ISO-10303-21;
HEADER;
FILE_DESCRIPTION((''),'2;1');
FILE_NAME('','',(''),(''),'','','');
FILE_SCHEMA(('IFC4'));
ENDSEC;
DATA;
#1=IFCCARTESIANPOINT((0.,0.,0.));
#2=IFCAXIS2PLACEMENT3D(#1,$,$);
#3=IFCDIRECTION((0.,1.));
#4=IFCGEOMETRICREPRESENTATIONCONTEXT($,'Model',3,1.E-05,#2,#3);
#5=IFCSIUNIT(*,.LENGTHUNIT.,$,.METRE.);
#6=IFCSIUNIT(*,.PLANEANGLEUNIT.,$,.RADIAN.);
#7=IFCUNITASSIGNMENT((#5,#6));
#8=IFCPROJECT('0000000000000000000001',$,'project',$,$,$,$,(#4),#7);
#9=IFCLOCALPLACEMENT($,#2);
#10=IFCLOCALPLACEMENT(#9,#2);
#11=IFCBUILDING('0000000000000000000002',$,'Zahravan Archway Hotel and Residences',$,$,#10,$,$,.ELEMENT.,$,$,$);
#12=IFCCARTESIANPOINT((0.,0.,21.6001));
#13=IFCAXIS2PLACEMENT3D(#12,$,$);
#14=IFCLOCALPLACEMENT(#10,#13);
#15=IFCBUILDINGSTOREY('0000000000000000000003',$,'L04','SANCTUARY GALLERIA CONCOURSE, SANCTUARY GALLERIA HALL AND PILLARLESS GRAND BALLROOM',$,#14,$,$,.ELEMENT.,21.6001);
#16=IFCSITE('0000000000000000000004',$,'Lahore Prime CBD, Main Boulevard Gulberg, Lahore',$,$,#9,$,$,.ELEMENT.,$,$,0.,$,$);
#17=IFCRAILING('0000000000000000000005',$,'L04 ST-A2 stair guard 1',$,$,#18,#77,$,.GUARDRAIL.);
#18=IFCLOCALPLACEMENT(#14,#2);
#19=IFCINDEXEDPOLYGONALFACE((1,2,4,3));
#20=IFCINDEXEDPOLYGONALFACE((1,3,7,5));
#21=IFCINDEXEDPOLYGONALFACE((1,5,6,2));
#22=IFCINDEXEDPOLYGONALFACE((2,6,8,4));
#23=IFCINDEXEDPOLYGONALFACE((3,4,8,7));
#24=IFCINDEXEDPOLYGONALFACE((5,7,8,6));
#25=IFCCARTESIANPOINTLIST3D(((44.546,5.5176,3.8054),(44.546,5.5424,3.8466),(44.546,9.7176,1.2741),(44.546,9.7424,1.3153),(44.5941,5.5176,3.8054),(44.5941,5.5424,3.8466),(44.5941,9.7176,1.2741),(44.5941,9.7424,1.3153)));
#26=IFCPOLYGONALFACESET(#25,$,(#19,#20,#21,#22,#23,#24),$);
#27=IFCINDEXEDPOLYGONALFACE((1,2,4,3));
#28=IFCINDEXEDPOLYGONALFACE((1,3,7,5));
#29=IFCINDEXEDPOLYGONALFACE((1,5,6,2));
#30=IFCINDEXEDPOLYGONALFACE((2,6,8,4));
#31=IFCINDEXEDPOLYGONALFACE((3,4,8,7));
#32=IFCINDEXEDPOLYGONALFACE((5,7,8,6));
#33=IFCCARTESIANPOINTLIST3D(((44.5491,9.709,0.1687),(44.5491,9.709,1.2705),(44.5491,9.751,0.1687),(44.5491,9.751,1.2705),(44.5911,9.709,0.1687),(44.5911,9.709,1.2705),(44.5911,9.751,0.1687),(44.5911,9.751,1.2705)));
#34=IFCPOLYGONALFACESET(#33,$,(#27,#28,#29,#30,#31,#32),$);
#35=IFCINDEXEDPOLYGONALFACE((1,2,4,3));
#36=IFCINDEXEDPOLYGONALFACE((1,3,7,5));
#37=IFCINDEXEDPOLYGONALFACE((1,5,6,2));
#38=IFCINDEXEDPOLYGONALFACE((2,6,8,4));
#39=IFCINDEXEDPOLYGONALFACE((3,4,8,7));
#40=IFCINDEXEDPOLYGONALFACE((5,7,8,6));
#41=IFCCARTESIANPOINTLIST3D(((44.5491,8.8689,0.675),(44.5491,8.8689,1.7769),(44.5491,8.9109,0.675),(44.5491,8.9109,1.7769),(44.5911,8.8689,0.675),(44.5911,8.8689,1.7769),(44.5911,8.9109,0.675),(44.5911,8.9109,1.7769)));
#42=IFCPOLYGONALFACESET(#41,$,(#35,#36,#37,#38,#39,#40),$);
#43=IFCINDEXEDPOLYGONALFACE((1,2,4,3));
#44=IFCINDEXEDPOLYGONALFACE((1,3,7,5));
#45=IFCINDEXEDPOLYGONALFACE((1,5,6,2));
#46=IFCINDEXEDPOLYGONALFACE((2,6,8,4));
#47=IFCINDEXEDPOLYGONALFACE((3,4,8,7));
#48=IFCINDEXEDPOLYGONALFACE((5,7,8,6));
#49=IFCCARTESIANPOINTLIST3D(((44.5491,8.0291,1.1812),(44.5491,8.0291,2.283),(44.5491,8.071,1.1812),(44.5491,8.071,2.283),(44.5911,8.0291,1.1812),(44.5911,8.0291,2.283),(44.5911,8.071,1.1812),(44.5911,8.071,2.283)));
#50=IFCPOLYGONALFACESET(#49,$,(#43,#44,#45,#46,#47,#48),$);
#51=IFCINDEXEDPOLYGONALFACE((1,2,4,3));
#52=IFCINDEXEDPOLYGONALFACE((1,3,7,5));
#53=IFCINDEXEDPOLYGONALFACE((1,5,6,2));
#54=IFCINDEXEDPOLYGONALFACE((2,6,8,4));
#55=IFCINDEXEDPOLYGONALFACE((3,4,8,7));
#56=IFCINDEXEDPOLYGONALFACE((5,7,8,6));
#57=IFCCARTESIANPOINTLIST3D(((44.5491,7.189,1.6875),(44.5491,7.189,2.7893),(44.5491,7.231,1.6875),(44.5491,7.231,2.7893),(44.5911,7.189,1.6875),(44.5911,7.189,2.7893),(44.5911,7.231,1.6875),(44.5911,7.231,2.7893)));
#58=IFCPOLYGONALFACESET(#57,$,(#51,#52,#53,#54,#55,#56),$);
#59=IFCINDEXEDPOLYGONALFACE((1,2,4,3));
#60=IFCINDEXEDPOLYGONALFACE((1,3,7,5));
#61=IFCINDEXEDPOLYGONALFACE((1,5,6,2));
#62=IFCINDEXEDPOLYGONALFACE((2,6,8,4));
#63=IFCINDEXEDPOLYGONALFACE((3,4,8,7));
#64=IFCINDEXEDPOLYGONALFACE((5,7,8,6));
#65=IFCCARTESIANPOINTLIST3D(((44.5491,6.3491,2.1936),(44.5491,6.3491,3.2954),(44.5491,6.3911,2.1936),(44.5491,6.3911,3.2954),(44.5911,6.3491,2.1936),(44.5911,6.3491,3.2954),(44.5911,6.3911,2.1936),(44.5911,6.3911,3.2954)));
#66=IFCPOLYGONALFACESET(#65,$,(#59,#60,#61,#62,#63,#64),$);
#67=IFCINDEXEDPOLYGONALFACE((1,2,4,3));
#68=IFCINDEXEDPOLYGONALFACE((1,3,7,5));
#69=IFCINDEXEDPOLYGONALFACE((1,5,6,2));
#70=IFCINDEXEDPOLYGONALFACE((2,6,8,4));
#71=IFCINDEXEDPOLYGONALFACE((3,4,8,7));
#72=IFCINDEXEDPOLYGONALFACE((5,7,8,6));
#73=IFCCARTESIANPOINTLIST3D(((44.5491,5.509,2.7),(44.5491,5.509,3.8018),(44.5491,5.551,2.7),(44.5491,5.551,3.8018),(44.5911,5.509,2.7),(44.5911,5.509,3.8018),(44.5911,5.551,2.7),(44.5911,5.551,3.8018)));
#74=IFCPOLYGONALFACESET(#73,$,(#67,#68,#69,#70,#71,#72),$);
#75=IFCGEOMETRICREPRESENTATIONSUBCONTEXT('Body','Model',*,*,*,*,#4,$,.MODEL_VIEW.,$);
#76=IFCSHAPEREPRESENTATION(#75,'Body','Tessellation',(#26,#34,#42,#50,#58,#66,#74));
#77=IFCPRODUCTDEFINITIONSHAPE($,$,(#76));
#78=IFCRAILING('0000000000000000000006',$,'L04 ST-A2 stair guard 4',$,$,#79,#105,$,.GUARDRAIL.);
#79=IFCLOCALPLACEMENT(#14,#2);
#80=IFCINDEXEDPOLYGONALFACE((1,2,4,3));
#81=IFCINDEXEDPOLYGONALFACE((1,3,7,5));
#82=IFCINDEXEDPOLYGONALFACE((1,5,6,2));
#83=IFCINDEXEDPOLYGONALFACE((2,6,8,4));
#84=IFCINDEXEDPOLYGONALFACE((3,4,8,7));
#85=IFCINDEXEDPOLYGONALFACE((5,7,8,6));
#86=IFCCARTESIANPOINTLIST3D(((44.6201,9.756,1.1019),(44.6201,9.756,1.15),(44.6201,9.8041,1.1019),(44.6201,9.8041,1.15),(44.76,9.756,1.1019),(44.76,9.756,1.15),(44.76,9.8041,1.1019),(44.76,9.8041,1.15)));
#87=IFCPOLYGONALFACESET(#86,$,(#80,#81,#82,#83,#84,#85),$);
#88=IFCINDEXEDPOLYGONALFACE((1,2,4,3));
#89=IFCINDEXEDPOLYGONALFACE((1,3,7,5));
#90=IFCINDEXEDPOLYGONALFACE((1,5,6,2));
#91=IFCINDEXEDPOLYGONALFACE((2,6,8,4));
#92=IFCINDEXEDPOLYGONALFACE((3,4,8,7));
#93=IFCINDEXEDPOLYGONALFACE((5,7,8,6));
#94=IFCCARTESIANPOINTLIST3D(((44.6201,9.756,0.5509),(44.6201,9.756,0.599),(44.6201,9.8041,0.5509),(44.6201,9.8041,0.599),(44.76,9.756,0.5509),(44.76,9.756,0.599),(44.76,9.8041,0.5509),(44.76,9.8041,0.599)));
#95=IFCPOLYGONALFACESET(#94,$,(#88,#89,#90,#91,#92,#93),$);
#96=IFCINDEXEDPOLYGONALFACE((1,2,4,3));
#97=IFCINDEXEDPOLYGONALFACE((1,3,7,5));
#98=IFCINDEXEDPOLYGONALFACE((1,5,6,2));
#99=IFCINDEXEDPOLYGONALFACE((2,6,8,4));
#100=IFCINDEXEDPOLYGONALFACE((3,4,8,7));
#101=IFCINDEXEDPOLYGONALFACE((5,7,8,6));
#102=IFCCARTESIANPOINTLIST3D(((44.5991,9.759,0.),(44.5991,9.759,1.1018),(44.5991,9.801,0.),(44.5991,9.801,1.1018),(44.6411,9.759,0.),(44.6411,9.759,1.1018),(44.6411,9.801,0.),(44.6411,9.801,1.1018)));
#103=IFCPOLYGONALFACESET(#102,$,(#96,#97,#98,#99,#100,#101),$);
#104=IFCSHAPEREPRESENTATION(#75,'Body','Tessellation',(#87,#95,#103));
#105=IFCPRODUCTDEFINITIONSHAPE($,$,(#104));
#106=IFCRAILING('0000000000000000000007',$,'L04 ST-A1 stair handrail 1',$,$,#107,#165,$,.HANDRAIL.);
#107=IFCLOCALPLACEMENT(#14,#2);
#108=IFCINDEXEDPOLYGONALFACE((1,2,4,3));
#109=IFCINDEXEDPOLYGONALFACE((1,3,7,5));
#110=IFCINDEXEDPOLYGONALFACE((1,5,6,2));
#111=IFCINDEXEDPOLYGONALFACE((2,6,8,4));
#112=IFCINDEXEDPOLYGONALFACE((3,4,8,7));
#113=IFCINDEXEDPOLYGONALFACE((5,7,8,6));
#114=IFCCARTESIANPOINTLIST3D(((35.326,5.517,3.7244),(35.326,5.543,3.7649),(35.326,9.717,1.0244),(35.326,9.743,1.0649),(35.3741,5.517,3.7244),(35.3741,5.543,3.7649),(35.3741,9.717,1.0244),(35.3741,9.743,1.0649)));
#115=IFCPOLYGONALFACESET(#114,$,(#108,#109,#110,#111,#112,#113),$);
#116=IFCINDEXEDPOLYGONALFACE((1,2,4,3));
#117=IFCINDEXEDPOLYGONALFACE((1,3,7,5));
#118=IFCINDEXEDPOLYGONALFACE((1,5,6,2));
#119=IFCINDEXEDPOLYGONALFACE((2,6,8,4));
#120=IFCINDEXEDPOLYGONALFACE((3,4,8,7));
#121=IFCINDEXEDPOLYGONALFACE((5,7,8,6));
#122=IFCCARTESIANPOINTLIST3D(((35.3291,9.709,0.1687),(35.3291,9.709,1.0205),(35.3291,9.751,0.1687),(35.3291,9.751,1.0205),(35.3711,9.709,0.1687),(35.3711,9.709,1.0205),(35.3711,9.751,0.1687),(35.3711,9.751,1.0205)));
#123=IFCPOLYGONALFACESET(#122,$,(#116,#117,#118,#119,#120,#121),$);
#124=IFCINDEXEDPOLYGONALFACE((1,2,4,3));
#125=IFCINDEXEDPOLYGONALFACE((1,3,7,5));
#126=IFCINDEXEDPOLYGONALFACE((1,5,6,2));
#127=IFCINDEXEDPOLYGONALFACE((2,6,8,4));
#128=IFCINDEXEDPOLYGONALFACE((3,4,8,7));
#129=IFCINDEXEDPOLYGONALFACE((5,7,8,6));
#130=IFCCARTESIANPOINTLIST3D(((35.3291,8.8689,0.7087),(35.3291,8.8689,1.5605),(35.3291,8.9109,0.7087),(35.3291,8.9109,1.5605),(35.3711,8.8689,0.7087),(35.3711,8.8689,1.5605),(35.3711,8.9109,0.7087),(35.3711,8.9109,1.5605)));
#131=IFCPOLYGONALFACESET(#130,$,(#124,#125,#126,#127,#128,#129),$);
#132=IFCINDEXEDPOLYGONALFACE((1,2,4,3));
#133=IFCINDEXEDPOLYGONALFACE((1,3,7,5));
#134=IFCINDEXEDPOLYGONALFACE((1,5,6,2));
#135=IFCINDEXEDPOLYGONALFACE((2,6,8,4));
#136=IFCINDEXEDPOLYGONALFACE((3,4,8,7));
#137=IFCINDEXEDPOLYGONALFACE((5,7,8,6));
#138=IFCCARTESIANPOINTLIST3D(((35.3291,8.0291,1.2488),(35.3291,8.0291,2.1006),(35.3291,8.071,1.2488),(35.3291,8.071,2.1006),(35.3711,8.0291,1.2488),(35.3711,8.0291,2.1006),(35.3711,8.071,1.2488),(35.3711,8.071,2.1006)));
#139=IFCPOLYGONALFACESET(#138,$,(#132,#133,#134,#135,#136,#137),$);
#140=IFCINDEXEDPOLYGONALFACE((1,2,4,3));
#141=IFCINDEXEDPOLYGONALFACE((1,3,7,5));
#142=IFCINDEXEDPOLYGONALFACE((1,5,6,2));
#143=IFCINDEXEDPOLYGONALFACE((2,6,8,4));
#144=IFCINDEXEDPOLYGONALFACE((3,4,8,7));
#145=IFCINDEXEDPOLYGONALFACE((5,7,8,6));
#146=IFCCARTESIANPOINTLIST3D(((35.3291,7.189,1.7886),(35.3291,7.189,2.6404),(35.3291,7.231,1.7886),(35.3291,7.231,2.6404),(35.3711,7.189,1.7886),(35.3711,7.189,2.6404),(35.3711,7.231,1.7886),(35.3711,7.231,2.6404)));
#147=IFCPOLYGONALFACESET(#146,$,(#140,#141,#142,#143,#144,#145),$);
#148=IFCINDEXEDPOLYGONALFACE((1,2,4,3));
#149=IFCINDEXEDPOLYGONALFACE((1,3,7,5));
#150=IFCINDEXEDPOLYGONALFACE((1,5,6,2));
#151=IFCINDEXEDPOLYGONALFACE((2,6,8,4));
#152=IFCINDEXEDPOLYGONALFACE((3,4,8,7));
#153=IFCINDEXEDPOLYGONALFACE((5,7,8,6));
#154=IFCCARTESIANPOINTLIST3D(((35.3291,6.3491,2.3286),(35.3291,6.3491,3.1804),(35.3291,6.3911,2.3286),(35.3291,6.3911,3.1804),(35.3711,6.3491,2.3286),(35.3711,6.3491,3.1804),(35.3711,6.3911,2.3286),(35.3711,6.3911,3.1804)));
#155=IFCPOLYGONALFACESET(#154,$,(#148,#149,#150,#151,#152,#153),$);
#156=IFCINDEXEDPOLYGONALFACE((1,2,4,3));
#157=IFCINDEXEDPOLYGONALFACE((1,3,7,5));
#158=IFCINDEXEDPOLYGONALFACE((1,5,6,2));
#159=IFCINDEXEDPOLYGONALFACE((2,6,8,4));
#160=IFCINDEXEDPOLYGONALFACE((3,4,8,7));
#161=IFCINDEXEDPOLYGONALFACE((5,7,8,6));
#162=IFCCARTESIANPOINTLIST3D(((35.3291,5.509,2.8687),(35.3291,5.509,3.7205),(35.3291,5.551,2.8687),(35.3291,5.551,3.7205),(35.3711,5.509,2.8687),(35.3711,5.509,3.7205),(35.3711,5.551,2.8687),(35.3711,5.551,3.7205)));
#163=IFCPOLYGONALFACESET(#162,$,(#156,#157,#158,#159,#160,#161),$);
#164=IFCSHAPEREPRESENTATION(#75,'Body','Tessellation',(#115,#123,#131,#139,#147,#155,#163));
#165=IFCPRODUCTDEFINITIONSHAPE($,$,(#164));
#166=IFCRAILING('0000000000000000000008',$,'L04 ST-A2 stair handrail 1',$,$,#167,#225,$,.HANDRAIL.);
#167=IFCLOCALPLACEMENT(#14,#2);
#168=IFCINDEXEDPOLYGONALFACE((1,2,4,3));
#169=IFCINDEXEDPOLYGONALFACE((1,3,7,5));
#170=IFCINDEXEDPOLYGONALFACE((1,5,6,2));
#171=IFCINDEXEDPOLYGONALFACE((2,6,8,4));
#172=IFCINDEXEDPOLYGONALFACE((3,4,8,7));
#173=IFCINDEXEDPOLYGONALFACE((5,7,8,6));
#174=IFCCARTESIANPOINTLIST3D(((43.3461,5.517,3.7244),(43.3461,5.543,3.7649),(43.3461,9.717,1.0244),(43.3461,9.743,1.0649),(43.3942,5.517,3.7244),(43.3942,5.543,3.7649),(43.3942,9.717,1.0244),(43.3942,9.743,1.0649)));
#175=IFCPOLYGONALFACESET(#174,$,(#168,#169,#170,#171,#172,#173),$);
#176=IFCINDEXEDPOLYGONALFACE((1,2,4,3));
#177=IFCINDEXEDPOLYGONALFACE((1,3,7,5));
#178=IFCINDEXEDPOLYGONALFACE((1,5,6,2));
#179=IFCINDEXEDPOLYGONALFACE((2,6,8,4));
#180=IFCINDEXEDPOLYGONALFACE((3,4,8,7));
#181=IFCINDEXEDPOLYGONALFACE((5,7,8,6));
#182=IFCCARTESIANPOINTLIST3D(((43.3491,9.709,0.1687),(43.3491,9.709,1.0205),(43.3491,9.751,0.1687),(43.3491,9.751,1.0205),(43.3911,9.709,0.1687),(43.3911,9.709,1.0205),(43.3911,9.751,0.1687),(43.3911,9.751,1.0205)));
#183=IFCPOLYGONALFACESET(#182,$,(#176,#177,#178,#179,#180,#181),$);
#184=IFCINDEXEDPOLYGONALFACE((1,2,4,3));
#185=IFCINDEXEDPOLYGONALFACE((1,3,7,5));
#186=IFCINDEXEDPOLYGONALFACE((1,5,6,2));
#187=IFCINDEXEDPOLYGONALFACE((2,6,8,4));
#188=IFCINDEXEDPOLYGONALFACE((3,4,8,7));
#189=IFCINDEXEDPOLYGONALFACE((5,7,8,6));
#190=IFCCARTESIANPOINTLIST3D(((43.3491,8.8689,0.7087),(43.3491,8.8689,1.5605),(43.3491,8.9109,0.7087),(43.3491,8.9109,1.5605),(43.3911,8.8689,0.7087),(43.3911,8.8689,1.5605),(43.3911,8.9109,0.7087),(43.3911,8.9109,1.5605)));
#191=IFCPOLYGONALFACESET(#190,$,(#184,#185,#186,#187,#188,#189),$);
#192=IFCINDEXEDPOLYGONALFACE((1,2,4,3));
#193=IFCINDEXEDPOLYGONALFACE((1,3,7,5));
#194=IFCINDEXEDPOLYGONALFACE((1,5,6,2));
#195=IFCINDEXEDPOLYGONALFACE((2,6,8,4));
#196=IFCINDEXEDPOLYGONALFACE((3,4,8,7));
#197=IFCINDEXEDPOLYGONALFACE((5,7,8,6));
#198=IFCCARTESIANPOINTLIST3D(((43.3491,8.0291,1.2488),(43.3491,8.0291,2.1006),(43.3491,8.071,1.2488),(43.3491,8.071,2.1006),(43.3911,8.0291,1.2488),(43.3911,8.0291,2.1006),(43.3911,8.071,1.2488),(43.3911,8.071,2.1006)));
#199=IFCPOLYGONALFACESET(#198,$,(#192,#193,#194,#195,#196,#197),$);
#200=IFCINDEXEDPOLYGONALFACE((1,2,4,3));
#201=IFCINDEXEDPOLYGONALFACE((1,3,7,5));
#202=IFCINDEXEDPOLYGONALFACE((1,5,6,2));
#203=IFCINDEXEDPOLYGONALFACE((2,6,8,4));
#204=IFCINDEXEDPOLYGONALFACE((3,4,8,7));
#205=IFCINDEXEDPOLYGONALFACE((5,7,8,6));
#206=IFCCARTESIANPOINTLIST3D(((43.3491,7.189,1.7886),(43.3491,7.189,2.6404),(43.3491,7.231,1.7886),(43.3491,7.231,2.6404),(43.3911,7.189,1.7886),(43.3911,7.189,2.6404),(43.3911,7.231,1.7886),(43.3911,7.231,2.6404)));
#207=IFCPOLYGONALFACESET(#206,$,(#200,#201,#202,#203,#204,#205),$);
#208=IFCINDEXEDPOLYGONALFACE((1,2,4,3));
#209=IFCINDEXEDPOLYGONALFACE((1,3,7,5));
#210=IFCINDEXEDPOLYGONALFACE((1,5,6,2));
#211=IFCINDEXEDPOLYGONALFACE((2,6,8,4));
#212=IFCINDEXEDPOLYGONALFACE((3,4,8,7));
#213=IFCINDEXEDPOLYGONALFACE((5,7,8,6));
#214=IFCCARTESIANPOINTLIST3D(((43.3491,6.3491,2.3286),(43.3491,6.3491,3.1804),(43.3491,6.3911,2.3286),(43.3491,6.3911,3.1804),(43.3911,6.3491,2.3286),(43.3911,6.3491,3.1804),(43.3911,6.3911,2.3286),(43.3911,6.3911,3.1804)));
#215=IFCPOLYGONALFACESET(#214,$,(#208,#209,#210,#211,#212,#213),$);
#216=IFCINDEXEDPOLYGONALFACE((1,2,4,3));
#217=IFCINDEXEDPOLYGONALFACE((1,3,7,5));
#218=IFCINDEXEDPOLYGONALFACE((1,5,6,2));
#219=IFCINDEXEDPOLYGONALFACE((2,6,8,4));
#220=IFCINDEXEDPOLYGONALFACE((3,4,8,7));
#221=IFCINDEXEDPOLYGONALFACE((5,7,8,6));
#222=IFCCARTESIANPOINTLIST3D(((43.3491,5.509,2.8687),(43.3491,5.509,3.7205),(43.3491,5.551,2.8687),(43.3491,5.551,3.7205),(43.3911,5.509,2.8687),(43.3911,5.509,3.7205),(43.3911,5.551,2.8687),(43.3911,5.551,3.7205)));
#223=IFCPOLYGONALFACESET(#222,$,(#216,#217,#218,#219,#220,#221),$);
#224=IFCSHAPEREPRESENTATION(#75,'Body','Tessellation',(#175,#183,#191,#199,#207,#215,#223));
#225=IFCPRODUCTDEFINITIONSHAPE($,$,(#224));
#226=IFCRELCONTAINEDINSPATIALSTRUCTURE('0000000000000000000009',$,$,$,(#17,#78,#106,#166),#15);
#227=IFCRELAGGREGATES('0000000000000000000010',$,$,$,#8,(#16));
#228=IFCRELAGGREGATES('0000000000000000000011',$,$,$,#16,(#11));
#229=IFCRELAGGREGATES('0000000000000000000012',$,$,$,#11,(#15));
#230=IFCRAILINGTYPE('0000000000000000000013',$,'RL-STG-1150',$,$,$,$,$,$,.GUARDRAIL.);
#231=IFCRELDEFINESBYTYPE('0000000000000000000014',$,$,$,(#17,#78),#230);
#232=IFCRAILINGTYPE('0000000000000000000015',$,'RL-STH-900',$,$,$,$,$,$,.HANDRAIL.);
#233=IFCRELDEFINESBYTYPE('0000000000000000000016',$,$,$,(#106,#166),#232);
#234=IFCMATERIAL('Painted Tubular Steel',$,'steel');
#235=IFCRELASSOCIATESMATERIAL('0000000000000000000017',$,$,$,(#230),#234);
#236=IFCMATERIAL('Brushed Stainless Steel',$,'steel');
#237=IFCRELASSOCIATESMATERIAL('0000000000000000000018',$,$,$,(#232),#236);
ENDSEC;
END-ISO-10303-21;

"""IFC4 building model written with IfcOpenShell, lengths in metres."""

from ifc_helpers import new_model, si_unit, direction, frame, origin, origin_2d, place, context, subcontext, project, spatial, rectangle, extrude, material, type_object, element, save


model = new_model("IFC4")

# Units and contexts
model_context = context("Model", 3, precision=1e-05, world=origin(), true_north=direction((0.0, 1.0)))
body_context = subcontext(model_context, "Body", "Model", "MODEL_VIEW")
ifc_project = project(units=[si_unit("LENGTHUNIT", "METRE"), si_unit("PLANEANGLEUNIT", "RADIAN")], contexts=[model_context])

# Site, building, storey
site_placement = place(None, origin())
site = spatial("IfcSite", under=ifc_project, at=site_placement, Name="Lahore Prime CBD, Main Boulevard Gulberg, Lahore", CompositionType="ELEMENT", RefElevation=0.0)
building_placement = place(site_placement, origin())
building = spatial("IfcBuilding", under=site, at=building_placement, Name="Zahravan Archway Hotel and Residences", CompositionType="ELEMENT")
storey_placement = place(building_placement, frame((0.0, 0.0, 21.6001)))
storey = spatial("IfcBuildingStorey", under=building, at=storey_placement, Name="L04", Description="SANCTUARY GALLERIA CONCOURSE, SANCTUARY GALLERIA HALL AND PILLARLESS GRAND BALLROOM", CompositionType="ELEMENT", Elevation=21.6001)

# Shared definitions
ifc_material_1 = material(Name="Brushed Stainless Steel", Category="steel")

# Railings
ifc_material_2 = material(Name="Painted Tubular Steel", Category="steel")
railing_type_1 = type_object("IfcRailingType", Name="RL-STG-1150", PredefinedType="GUARDRAIL", material=ifc_material_2)
railing_1_placement = place(storey_placement, frame((44.5701, 9.73, 0.1687)))
element("IfcRailing", 1, at=railing_1_placement, inside=storey, type_object=railing_type_1, Name="L04 ST-A2 stair guard 1", PredefinedType="GUARDRAIL", context=body_context, shape_type="SweptSolid", body=[
    extrude(rectangle(XDim=0.0481, YDim=0.0481, at=origin_2d()), frame((0.0, 0.0, 1.126), z_axis=(0.0, -0.856476, 0.516186), x_axis=(1.0, 0.0, 0.0)), (0.0, 0.0, 1.0), 4.9038),
    extrude(rectangle(XDim=0.042, YDim=0.042, at=origin_2d()), origin(), (0.0, 0.0, 1.0), 1.1018),
    extrude(rectangle(XDim=0.042, YDim=0.042, at=origin_2d()), frame((0.0, -0.8401, 0.5063)), (0.0, 0.0, 1.0), 1.1018),
    extrude(rectangle(XDim=0.042, YDim=0.042, at=origin_2d()), frame((0.0, -1.6799, 1.0125)), (0.0, 0.0, 1.0), 1.1018),
    extrude(rectangle(XDim=0.042, YDim=0.042, at=origin_2d()), frame((0.0, -2.52, 1.5188)), (0.0, 0.0, 1.0), 1.1018),
    extrude(rectangle(XDim=0.042, YDim=0.042, at=origin_2d()), frame((0.0, -3.3599, 2.0249)), (0.0, 0.0, 1.0), 1.1018),
    extrude(rectangle(XDim=0.042, YDim=0.042, at=origin_2d()), frame((0.0, -4.2, 2.5312)), (0.0, 0.0, 1.0), 1.1018),
])
railing_2_placement = place(storey_placement, frame((44.6201, 9.78, 0.0)))
element("IfcRailing", 2, at=railing_2_placement, inside=storey, type_object=railing_type_1, Name="L04 ST-A2 stair guard 4", PredefinedType="GUARDRAIL", context=body_context, shape_type="SweptSolid", body=[
    extrude(rectangle(XDim=0.0481, YDim=0.0481, at=origin_2d()), frame((0.0, 0.0, 1.126), z_axis=(1.0, 0.0, 0.0), x_axis=(0.0, 1.0, 0.0)), (0.0, 0.0, 1.0), 0.1399),
    extrude(rectangle(XDim=0.0481, YDim=0.0481, at=origin_2d()), frame((0.0, 0.0, 0.575), z_axis=(1.0, 0.0, 0.0), x_axis=(0.0, 1.0, 0.0)), (0.0, 0.0, 1.0), 0.1399),
    extrude(rectangle(XDim=0.042, YDim=0.042, at=origin_2d()), origin(), (0.0, 0.0, 1.0), 1.1018),
])
railing_type_2 = type_object("IfcRailingType", Name="RL-STH-900", PredefinedType="HANDRAIL", material=ifc_material_1)
for number, where, name in (
    (3, (35.3501, 9.73, 0.1687), "L04 ST-A1 stair handrail 1"),
    (4, (43.3701, 9.73, 0.1687), "L04 ST-A2 stair handrail 1"),
):
    element("IfcRailing", number, at=place(storey_placement, frame(where)), inside=storey, type_object=railing_type_2, Name=name, PredefinedType="HANDRAIL", context=body_context, shape_type="SweptSolid", body=[
        extrude(rectangle(XDim=0.0481, YDim=0.0481, at=origin_2d()), frame((0.0, 0.0, 0.876), z_axis=(0.0, -0.84118, 0.540755), x_axis=(1.0, 0.0, 0.0)), (0.0, 0.0, 1.0), 4.9929),
        extrude(rectangle(XDim=0.042, YDim=0.042, at=origin_2d()), origin(), (0.0, 0.0, 1.0), 0.8518),
        extrude(rectangle(XDim=0.042, YDim=0.042, at=origin_2d()), frame((0.0, -0.8401, 0.54)), (0.0, 0.0, 1.0), 0.8518),
        extrude(rectangle(XDim=0.042, YDim=0.042, at=origin_2d()), frame((0.0, -1.6799, 1.0801)), (0.0, 0.0, 1.0), 0.8518),
        extrude(rectangle(XDim=0.042, YDim=0.042, at=origin_2d()), frame((0.0, -2.52, 1.6199)), (0.0, 0.0, 1.0), 0.8518),
        extrude(rectangle(XDim=0.042, YDim=0.042, at=origin_2d()), frame((0.0, -3.3599, 2.1599)), (0.0, 0.0, 1.0), 0.8518),
        extrude(rectangle(XDim=0.042, YDim=0.042, at=origin_2d()), frame((0.0, -4.2, 2.7)), (0.0, 0.0, 1.0), 0.8518),
    ])

save(model, "model.ifc")
